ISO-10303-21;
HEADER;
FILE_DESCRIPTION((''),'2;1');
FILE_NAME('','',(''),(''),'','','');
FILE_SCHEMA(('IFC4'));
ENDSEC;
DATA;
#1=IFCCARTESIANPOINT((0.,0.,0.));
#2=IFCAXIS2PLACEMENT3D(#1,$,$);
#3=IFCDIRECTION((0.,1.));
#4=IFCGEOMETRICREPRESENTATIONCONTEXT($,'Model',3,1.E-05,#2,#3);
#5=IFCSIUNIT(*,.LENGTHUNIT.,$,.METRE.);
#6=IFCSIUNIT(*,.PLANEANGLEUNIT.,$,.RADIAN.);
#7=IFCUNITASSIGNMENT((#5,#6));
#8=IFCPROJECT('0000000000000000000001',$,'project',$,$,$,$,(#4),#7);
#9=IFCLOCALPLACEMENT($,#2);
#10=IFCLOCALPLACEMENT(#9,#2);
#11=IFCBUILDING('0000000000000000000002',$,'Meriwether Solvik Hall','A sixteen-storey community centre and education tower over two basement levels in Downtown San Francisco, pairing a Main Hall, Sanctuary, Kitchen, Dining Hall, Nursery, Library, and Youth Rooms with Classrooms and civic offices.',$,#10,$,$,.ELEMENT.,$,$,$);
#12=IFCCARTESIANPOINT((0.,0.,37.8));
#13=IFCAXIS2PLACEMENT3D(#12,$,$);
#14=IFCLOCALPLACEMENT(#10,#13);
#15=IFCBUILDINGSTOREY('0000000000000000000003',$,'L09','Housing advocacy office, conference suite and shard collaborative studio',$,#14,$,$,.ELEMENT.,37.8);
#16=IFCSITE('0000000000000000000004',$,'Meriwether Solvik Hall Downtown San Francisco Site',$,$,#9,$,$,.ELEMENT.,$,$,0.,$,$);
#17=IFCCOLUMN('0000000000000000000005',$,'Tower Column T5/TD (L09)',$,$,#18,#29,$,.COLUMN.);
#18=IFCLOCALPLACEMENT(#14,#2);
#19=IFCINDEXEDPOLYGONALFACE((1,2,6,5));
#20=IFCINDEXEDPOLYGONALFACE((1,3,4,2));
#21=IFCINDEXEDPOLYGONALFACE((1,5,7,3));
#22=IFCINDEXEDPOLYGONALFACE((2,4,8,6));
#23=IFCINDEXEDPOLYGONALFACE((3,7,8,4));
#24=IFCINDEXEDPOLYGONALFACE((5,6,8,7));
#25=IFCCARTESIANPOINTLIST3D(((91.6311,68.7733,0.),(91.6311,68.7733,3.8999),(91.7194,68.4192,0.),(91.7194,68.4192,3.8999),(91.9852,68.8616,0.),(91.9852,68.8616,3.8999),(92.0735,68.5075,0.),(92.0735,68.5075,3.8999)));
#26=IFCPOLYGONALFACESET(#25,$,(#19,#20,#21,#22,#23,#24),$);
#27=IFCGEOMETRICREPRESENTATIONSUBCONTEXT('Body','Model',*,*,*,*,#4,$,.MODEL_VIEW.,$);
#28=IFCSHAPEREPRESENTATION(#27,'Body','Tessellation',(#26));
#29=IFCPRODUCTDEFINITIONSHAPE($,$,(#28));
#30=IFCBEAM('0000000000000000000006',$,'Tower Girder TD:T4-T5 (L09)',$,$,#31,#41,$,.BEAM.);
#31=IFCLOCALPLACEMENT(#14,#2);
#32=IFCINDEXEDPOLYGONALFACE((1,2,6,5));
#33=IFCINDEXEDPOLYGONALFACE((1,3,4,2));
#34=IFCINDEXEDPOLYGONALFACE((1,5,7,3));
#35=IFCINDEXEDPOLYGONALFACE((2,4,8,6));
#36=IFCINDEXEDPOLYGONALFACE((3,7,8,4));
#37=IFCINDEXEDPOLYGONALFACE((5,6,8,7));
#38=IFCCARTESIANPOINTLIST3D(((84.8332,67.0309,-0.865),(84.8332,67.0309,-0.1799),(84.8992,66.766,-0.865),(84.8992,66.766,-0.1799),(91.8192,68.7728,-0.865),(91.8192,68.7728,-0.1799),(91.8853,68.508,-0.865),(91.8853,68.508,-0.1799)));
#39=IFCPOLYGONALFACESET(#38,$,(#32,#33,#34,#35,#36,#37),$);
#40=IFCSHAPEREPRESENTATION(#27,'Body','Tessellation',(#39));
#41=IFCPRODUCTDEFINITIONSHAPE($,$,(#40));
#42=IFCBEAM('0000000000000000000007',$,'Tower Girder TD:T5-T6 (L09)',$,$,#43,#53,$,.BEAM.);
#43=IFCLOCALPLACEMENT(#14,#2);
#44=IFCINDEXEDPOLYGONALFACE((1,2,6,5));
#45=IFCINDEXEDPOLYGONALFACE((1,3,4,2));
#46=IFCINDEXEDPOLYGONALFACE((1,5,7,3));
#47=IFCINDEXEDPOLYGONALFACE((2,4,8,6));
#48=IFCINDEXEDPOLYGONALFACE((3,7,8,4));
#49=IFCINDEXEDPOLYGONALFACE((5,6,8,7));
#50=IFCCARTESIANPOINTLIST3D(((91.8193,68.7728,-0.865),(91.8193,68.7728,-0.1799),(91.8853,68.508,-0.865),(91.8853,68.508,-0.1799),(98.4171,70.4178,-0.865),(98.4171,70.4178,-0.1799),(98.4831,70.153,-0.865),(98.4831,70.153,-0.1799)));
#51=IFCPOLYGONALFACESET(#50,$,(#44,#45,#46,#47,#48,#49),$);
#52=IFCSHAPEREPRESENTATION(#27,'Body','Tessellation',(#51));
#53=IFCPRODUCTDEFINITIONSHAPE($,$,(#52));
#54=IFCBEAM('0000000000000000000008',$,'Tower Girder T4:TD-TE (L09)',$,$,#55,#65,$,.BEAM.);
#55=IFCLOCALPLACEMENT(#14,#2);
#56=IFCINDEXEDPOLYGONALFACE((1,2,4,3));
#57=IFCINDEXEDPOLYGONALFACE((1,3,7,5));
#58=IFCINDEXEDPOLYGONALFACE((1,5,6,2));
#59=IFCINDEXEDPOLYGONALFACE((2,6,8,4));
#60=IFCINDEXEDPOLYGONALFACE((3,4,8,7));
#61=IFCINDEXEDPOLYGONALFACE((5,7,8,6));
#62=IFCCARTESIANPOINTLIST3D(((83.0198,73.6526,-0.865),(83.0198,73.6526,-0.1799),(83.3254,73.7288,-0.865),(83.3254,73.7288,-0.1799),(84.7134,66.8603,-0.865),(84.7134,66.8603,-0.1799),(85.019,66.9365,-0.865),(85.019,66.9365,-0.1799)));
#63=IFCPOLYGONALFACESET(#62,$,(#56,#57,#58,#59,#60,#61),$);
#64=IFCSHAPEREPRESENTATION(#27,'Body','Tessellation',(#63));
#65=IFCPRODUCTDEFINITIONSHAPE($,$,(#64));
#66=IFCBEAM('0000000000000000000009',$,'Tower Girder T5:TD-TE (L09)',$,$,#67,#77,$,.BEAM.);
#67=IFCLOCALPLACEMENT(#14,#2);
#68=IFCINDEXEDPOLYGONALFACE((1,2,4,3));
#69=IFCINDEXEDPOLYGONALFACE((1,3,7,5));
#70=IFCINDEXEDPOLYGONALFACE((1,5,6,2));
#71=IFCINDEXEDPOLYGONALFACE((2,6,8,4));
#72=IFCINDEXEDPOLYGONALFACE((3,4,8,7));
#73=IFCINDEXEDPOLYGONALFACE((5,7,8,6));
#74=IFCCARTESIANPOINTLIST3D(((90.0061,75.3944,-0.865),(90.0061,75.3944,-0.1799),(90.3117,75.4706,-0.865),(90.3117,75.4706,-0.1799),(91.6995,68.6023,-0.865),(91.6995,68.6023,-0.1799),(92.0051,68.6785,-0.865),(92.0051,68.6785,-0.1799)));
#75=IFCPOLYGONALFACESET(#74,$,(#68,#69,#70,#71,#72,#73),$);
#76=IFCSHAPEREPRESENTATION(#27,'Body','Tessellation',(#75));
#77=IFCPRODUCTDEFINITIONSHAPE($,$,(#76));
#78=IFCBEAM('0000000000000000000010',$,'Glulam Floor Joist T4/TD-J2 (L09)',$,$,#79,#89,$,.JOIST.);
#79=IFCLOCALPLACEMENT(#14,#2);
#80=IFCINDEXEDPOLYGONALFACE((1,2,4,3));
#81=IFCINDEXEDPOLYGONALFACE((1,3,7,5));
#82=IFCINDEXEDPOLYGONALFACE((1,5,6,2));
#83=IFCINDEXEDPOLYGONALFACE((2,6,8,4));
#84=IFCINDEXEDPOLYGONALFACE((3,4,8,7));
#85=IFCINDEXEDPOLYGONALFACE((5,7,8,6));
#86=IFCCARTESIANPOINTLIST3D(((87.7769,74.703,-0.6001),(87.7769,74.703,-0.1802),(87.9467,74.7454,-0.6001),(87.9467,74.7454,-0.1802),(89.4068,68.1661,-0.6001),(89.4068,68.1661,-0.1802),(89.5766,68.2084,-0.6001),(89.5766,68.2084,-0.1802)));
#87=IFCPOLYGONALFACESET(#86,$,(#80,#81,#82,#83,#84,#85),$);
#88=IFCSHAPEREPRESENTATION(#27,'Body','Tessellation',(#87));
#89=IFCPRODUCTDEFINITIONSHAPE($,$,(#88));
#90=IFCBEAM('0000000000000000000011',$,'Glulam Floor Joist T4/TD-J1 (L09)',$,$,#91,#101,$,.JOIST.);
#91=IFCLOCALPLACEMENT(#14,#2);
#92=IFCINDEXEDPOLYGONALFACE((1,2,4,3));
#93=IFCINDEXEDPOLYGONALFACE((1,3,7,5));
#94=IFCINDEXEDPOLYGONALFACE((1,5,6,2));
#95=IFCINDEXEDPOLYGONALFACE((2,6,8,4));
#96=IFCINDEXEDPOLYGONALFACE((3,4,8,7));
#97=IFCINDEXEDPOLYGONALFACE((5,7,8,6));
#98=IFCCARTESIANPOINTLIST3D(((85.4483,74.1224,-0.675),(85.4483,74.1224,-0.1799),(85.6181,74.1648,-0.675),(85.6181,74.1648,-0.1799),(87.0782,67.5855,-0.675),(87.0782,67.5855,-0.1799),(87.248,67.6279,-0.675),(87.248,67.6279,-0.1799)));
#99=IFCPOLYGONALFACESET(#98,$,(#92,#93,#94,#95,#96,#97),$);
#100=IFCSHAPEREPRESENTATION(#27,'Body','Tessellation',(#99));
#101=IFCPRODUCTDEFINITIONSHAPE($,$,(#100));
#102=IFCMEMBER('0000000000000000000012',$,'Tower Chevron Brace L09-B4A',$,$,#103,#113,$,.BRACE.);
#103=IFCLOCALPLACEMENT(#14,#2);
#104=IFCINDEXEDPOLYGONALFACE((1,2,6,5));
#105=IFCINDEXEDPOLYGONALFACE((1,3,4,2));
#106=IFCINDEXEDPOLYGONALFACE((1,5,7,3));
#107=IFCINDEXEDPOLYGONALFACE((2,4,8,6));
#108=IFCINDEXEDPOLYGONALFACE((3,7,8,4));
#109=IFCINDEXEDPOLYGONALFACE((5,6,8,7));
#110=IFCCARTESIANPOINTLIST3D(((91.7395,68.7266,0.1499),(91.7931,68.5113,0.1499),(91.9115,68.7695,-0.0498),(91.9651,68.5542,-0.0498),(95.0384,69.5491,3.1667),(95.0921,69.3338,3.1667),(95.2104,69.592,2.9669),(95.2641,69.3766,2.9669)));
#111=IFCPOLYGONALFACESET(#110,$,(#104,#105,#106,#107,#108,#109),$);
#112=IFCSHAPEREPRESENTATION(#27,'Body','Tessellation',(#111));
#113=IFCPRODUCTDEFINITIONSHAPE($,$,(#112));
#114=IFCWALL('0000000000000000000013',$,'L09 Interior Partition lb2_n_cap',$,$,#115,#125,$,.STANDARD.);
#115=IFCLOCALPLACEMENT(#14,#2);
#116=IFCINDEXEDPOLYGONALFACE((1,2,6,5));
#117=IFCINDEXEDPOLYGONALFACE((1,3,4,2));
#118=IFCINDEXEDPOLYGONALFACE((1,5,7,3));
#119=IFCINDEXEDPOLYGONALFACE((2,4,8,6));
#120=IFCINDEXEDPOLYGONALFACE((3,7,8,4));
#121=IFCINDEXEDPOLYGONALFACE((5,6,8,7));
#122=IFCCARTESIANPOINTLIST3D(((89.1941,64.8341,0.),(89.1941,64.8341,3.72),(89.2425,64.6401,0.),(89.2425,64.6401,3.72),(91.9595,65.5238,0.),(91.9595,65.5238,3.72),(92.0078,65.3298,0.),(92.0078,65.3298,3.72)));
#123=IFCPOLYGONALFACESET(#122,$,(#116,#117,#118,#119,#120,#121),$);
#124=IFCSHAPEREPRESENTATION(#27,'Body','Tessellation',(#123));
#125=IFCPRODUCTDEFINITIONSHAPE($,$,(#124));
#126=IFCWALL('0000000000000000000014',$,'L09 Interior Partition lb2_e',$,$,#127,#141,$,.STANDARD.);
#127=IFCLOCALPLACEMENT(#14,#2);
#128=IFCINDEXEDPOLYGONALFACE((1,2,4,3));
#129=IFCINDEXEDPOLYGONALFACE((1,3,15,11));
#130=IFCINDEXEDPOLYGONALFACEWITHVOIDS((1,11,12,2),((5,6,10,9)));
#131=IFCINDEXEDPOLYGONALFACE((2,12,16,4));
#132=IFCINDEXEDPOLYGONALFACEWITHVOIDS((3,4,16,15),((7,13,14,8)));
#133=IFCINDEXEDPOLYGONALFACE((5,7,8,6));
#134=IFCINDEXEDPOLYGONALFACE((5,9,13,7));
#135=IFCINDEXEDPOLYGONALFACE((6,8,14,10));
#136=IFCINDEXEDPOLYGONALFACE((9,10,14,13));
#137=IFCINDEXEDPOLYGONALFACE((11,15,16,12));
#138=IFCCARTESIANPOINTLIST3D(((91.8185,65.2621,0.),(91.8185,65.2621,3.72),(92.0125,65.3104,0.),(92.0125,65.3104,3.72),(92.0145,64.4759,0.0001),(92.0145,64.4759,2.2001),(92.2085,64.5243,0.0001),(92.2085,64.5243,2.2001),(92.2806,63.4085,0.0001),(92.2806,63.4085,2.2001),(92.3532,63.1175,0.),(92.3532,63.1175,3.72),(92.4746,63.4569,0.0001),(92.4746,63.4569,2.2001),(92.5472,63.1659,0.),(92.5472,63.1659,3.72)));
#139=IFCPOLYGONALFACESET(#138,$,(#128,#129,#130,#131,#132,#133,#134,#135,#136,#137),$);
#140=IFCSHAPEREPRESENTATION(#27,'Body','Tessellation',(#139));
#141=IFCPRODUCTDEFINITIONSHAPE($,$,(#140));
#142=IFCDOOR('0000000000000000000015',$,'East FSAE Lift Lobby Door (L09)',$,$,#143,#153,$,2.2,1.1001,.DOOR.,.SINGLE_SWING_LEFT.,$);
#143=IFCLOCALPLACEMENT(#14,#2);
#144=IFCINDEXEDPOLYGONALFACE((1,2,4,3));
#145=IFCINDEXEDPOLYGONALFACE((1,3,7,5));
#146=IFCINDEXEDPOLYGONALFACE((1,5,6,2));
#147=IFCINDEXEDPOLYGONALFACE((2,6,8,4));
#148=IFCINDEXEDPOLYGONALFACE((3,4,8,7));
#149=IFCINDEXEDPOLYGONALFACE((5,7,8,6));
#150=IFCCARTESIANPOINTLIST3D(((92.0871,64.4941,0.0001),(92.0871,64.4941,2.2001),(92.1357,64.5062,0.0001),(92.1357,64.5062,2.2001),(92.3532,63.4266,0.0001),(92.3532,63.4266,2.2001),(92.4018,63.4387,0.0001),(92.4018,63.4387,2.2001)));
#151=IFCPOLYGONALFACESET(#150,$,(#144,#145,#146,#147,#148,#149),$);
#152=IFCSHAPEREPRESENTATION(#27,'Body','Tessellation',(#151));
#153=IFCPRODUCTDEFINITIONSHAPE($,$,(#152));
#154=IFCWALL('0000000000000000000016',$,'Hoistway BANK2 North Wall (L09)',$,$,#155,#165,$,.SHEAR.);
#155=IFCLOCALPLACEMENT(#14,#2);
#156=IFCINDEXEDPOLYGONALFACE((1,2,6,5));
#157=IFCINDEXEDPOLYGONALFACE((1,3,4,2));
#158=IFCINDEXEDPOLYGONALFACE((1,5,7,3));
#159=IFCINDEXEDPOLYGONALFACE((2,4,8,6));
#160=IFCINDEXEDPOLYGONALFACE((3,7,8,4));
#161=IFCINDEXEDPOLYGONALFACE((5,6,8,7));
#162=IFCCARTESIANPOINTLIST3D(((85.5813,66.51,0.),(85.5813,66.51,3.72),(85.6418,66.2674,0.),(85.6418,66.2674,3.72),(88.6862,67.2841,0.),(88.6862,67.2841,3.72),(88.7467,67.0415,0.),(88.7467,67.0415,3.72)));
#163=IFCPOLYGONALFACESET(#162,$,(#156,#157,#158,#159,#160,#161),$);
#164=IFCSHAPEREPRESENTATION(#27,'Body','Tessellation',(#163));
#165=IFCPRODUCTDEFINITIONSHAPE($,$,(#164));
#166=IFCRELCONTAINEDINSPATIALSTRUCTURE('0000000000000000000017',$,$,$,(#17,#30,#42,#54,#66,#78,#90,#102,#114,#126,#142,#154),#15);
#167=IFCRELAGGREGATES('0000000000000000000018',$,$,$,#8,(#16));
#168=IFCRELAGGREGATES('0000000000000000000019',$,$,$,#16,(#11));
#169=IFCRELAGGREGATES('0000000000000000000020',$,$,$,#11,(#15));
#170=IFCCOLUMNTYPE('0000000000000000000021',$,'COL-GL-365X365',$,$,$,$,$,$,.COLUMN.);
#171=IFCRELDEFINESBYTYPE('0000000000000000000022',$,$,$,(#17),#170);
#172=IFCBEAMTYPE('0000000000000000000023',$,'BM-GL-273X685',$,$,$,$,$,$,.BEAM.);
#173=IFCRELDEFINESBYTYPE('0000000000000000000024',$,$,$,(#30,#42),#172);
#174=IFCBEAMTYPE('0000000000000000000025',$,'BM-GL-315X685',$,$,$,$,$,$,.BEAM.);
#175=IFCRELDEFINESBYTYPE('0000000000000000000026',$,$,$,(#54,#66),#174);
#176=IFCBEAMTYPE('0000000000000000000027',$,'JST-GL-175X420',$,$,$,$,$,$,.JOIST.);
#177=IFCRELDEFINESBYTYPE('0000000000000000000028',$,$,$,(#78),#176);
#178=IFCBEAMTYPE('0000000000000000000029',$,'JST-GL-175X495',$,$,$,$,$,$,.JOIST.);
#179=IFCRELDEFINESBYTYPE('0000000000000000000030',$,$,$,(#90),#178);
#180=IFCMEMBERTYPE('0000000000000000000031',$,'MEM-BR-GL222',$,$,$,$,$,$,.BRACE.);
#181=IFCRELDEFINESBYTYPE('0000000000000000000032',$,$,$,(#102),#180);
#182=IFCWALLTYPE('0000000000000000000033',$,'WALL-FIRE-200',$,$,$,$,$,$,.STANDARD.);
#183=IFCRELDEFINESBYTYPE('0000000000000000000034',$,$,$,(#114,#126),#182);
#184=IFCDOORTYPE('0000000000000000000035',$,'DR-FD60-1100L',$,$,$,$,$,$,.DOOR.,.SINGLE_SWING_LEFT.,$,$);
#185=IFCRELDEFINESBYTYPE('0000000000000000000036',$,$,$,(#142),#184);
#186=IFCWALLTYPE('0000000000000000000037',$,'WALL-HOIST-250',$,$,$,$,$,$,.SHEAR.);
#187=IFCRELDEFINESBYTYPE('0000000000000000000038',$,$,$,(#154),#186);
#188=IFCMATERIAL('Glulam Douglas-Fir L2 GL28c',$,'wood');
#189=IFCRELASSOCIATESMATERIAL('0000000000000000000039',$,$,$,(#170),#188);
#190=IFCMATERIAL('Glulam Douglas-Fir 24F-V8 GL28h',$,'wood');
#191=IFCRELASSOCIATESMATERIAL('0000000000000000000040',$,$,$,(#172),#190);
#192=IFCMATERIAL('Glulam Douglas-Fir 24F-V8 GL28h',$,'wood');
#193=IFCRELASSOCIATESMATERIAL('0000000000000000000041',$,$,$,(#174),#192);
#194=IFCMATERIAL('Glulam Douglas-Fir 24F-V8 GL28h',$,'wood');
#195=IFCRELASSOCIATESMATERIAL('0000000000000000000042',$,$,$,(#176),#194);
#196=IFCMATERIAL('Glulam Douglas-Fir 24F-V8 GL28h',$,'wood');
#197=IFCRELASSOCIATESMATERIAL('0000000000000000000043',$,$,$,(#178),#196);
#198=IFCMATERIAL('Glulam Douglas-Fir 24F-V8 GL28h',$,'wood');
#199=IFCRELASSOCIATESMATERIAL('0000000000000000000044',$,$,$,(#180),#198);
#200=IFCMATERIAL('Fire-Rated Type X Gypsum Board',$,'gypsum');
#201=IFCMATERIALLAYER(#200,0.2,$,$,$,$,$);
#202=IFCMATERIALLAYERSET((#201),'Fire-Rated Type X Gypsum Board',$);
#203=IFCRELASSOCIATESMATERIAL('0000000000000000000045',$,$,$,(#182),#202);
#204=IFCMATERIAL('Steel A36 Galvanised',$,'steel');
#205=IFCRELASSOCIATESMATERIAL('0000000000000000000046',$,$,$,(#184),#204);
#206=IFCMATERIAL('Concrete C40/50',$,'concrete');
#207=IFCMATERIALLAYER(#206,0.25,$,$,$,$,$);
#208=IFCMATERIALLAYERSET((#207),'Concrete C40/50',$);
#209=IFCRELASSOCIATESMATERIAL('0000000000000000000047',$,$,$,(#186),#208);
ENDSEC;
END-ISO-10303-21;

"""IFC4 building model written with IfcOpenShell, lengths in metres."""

from ifc_helpers import new_model, si_unit, direction, frame, frame_2d, origin, origin_2d, place, context, subcontext, project, spatial, rectangle, extrude, material, layer, layer_set, material_profile, profile_set, type_object, element, fill, save


model = new_model("IFC4")

# Units and contexts
model_context = context("Model", 3, precision=1e-05, world=origin(), true_north=direction((0.0, 1.0)))
body_context = subcontext(model_context, "Body", "Model", "MODEL_VIEW")
ifc_project = project(units=[si_unit("LENGTHUNIT", "METRE"), si_unit("PLANEANGLEUNIT", "RADIAN")], contexts=[model_context])

# Site, building, storey
site_placement = place(None, origin())
site = spatial("IfcSite", under=ifc_project, at=site_placement, Name="Meriwether Solvik Hall Downtown San Francisco Site", CompositionType="ELEMENT", RefElevation=0.0)
building_placement = place(site_placement, origin())
building = spatial("IfcBuilding", under=site, at=building_placement, Name="Meriwether Solvik Hall", Description="A sixteen-storey community centre and education tower over two basement levels in Downtown San Francisco, pairing a Main Hall, Sanctuary, Kitchen, Dining Hall, Nursery, Library, and Youth Rooms with Classrooms and civic offices.", CompositionType="ELEMENT")
storey_placement = place(building_placement, frame((0.0, 0.0, 37.8)))
storey = spatial("IfcBuildingStorey", under=building, at=storey_placement, Name="L09", Description="Housing advocacy office, conference suite and shard collaborative studio", CompositionType="ELEMENT", Elevation=37.8)

# Column
ifc_material_1 = material(Name="Glulam Douglas-Fir L2 GL28c", Category="wood")
ifc_material_profile_1 = material_profile(ifc_material_1, rectangle(XDim=0.365, YDim=0.365, at=origin_2d()), Name="GLC-365X365")
ifc_profile_set_1 = profile_set([ifc_material_profile_1], Name="Glulam Douglas-Fir L2 GL28c")
column_type = type_object("IfcColumnType", Name="COL-GL-365X365", PredefinedType="COLUMN", material=ifc_profile_set_1)
column_placement = place(storey_placement, frame((91.8523, 68.6404, 0.0), z_axis=(0.0, 0.0, 1.0), x_axis=(0.970296, 0.241922, 0.0)))
element("IfcColumn", 1, at=column_placement, inside=storey, type_object=column_type, Name="Tower Column T5/TD (L09)", PredefinedType="COLUMN", context=body_context, shape_type="SweptSolid", body=[
    extrude(rectangle(XDim=0.365, YDim=0.365, at=origin_2d()), origin(), (0.0, 0.0, 1.0), 3.8999),
])

# Beams
ifc_material_2 = material(Name="Glulam Douglas-Fir 24F-V8 GL28h", Category="wood")
ifc_material_profile_2 = material_profile(ifc_material_2, rectangle(XDim=0.2729, YDim=0.6851, at=origin_2d()), Name="GLB-273X685")
ifc_profile_set_2 = profile_set([ifc_material_profile_2], Name="Glulam Douglas-Fir 24F-V8 GL28h")
beam_type_1 = type_object("IfcBeamType", Name="BM-GL-273X685", PredefinedType="BEAM", material=ifc_profile_set_2)
beam_1_placement = place(storey_placement, frame((84.8662, 66.8984, -0.5225), z_axis=(0.970292, 0.241937, 0.0), x_axis=(-0.241937, 0.970292, 0.0)))
element("IfcBeam", 2, at=beam_1_placement, inside=storey, type_object=beam_type_1, Name="Tower Girder TD:T4-T5 (L09)", PredefinedType="BEAM", context=body_context, shape_type="SweptSolid", body=[
    extrude(rectangle(XDim=0.2729, YDim=0.6851, at=origin_2d()), origin(), (0.0, 0.0, 1.0), 7.2),
])
beam_2_placement = place(storey_placement, frame((91.8523, 68.6404, -0.5225), z_axis=(0.970296, 0.241919, 0.0), x_axis=(-0.241919, 0.970296, 0.0)))
element("IfcBeam", 3, at=beam_2_placement, inside=storey, type_object=beam_type_1, Name="Tower Girder TD:T5-T6 (L09)", PredefinedType="BEAM", context=body_context, shape_type="SweptSolid", body=[
    extrude(rectangle(XDim=0.2729, YDim=0.6851, at=origin_2d()), origin(), (0.0, 0.0, 1.0), 6.7998),
])
ifc_material_3 = material(Name="Glulam Douglas-Fir 24F-V8 GL28h", Category="wood")
ifc_material_profile_3 = material_profile(ifc_material_3, rectangle(XDim=0.3149, YDim=0.6851, at=origin_2d()), Name="GLB-315X685")
ifc_profile_set_3 = profile_set([ifc_material_profile_3], Name="Glulam Douglas-Fir 24F-V8 GL28h")
beam_type_2 = type_object("IfcBeamType", Name="BM-GL-315X685", PredefinedType="BEAM", material=ifc_profile_set_3)
beam_3_placement = place(storey_placement, frame((84.8662, 66.8984, -0.5225), z_axis=(-0.241937, 0.970292, 0.0), x_axis=(-0.970292, -0.241937, 0.0)))
element("IfcBeam", 4, at=beam_3_placement, inside=storey, type_object=beam_type_2, Name="Tower Girder T4:TD-TE (L09)", PredefinedType="BEAM", context=body_context, shape_type="SweptSolid", body=[
    extrude(rectangle(XDim=0.3149, YDim=0.6851, at=origin_2d()), origin(), (0.0, 0.0, 1.0), 7.0002),
])
beam_4_placement = place(storey_placement, frame((91.8523, 68.6404, -0.5225), z_axis=(-0.241912, 0.970298, 0.0), x_axis=(-0.970298, -0.241912, 0.0)))
element("IfcBeam", 5, at=beam_4_placement, inside=storey, type_object=beam_type_2, Name="Tower Girder T5:TD-TE (L09)", PredefinedType="BEAM", context=body_context, shape_type="SweptSolid", body=[
    extrude(rectangle(XDim=0.3149, YDim=0.6851, at=origin_2d()), origin(), (0.0, 0.0, 1.0), 7.0),
])
ifc_material_4 = material(Name="Glulam Douglas-Fir 24F-V8 GL28h", Category="wood")
ifc_material_profile_4 = material_profile(ifc_material_4, rectangle(XDim=0.175, YDim=0.4199, at=origin_2d()), Name="GLJ-175X420")
ifc_profile_set_4 = profile_set([ifc_material_profile_4], Name="Glulam Douglas-Fir 24F-V8 GL28h")
beam_type_3 = type_object("IfcBeamType", Name="JST-GL-175X420", PredefinedType="JOIST", material=ifc_profile_set_4)
beam_5_placement = place(storey_placement, frame((89.4917, 68.1873, -0.3901), z_axis=(-0.24193, 0.970294, 0.0), x_axis=(-0.970294, -0.24193, 0.0)))
element("IfcBeam", 6, at=beam_5_placement, inside=storey, type_object=beam_type_3, Name="Glulam Floor Joist T4/TD-J2 (L09)", PredefinedType="JOIST", context=body_context, shape_type="SweptSolid", body=[
    extrude(rectangle(XDim=0.175, YDim=0.4199, at=origin_2d()), origin(), (0.0, 0.0, 1.0), 6.7371),
])
ifc_material_5 = material(Name="Glulam Douglas-Fir 24F-V8 GL28h", Category="wood")
ifc_material_profile_5 = material_profile(ifc_material_5, rectangle(XDim=0.175, YDim=0.4951, at=origin_2d()), Name="GLJ-175X495")
ifc_profile_set_5 = profile_set([ifc_material_profile_5], Name="Glulam Douglas-Fir 24F-V8 GL28h")
beam_type_4 = type_object("IfcBeamType", Name="JST-GL-175X495", PredefinedType="JOIST", material=ifc_profile_set_5)
beam_6_placement = place(storey_placement, frame((87.1631, 67.6067, -0.4275), z_axis=(-0.24193, 0.970294, 0.0), x_axis=(-0.970294, -0.24193, 0.0)))
element("IfcBeam", 7, at=beam_6_placement, inside=storey, type_object=beam_type_4, Name="Glulam Floor Joist T4/TD-J1 (L09)", PredefinedType="JOIST", context=body_context, shape_type="SweptSolid", body=[
    extrude(rectangle(XDim=0.175, YDim=0.4951, at=origin_2d()), origin(), (0.0, 0.0, 1.0), 6.7371),
])

# Member
ifc_material_6 = material(Name="Glulam Douglas-Fir 24F-V8 GL28h", Category="wood")
ifc_material_profile_6 = material_profile(ifc_material_6, rectangle(XDim=0.2219, YDim=0.2671, at=origin_2d()), Name="GLM-222X267")
ifc_profile_set_6 = profile_set([ifc_material_profile_6], Name="Glulam Douglas-Fir 24F-V8 GL28h")
member_type = type_object("IfcMemberType", Name="MEM-BR-GL222", PredefinedType="BRACE", material=ifc_profile_set_6)
member_placement = place(storey_placement, frame((91.8523, 68.6404, 0.05), z_axis=(0.725785, 0.18095, 0.663696), x_axis=(-0.24191, 0.970299, 0.0)))
element("IfcMember", 8, at=member_placement, inside=storey, type_object=member_type, Name="Tower Chevron Brace L09-B4A", PredefinedType="BRACE", context=body_context, shape_type="SweptSolid", body=[
    extrude(rectangle(XDim=0.2219, YDim=0.2671, at=origin_2d()), origin(), (0.0, 0.0, 1.0), 4.5454),
])

# Wall
ifc_material_7 = material(Name="Fire-Rated Type X Gypsum Board", Category="gypsum")
ifc_layer_1 = layer(ifc_material_7, 0.2)
ifc_layer_set_1 = layer_set([ifc_layer_1], Name="Fire-Rated Type X Gypsum Board")
wall_type_1 = type_object("IfcWallType", Name="WALL-FIRE-200", PredefinedType="STANDARD", material=ifc_layer_set_1)
wall_1_placement = place(storey_placement, frame((89.2183, 64.7371, 0.0), z_axis=(0.0, 0.0, 1.0), x_axis=(0.970278, 0.241991, 0.0)))
element("IfcWall", 9, at=wall_1_placement, inside=storey, type_object=wall_type_1, Name="L09 Interior Partition lb2_n_cap", PredefinedType="STANDARD", context=body_context, shape_type="SweptSolid", body=[
    extrude(rectangle(XDim=2.8501, YDim=0.2, at=frame_2d((1.425, 0.0))), origin(), (0.0, 0.0, 1.0), 3.72),
])

# Wall, opening, door
wall_2_placement = place(storey_placement, frame((91.9155, 65.2861, 0.0), z_axis=(0.0, 0.0, 1.0), x_axis=(0.241912, -0.970298, 0.0)))
wall_2 = element("IfcWall", 10, at=wall_2_placement, inside=storey, type_object=wall_type_1, Name="L09 Interior Partition lb2_e", PredefinedType="STANDARD", context=body_context, shape_type="SweptSolid", body=[
    extrude(rectangle(XDim=2.2102, YDim=0.2, at=frame_2d((1.105, 0.0))), origin(), (0.0, 0.0, 1.0), 3.72),
])
opening_1_placement = place(wall_2_placement, frame((0.8101, 0.0, 0.0)))
opening_1 = element("IfcOpeningElement", 11, at=opening_1_placement, cuts=wall_2, PredefinedType="OPENING", context=body_context, shape_type="SweptSolid", body=[
    extrude(rectangle(XDim=1.1001, YDim=2.2, at=frame_2d((0.55, 1.1001))), frame((0.0, 0.1118, 0.0), z_axis=(0.0, -1.0, 0.0), x_axis=(1.0, 0.0, 0.0)), (0.0, 0.0, 1.0), 0.2239),
])
ifc_material_8 = material(Name="Steel A36 Galvanised", Category="steel")
door_type_1 = type_object("IfcDoorType", Name="DR-FD60-1100L", OperationType="SINGLE_SWING_LEFT", PredefinedType="DOOR", material=ifc_material_8)
door_1_placement = place(opening_1_placement, origin())
door_1 = element("IfcDoor", 12, at=door_1_placement, inside=storey, type_object=door_type_1, Name="East FSAE Lift Lobby Door (L09)", OperationType="SINGLE_SWING_LEFT", OverallHeight=2.2, OverallWidth=1.1001, PredefinedType="DOOR", context=body_context, shape_type="SweptSolid", body=[
    extrude(rectangle(XDim=1.1001, YDim=2.2, at=frame_2d((0.55, 1.1001))), frame((0.0, 0.0249, 0.0), z_axis=(0.0, -1.0, 0.0), x_axis=(1.0, 0.0, 0.0)), (0.0, 0.0, 1.0), 0.05),
])
fill(opening_1, door_1)

# Wall
ifc_material_9 = material(Name="Concrete C40/50", Category="concrete")
ifc_layer_2 = layer(ifc_material_9, 0.25)
ifc_layer_set_2 = layer_set([ifc_layer_2], Name="Concrete C40/50")
wall_type_2 = type_object("IfcWallType", Name="WALL-HOIST-250", PredefinedType="SHEAR", material=ifc_layer_set_2)
wall_3_placement = place(storey_placement, frame((88.7166, 67.1628, 0.0), z_axis=(0.0, 0.0, 1.0), x_axis=(-0.970295, -0.241925, 0.0)))
element("IfcWall", 13, at=wall_3_placement, inside=storey, type_object=wall_type_2, Name="Hoistway BANK2 North Wall (L09)", PredefinedType="SHEAR", context=body_context, shape_type="SweptSolid", body=[
    extrude(rectangle(XDim=3.2, YDim=0.25, at=frame_2d((1.6001, 0.0))), origin(), (0.0, 0.0, 1.0), 3.72),
])

save(model, "model.ifc")
